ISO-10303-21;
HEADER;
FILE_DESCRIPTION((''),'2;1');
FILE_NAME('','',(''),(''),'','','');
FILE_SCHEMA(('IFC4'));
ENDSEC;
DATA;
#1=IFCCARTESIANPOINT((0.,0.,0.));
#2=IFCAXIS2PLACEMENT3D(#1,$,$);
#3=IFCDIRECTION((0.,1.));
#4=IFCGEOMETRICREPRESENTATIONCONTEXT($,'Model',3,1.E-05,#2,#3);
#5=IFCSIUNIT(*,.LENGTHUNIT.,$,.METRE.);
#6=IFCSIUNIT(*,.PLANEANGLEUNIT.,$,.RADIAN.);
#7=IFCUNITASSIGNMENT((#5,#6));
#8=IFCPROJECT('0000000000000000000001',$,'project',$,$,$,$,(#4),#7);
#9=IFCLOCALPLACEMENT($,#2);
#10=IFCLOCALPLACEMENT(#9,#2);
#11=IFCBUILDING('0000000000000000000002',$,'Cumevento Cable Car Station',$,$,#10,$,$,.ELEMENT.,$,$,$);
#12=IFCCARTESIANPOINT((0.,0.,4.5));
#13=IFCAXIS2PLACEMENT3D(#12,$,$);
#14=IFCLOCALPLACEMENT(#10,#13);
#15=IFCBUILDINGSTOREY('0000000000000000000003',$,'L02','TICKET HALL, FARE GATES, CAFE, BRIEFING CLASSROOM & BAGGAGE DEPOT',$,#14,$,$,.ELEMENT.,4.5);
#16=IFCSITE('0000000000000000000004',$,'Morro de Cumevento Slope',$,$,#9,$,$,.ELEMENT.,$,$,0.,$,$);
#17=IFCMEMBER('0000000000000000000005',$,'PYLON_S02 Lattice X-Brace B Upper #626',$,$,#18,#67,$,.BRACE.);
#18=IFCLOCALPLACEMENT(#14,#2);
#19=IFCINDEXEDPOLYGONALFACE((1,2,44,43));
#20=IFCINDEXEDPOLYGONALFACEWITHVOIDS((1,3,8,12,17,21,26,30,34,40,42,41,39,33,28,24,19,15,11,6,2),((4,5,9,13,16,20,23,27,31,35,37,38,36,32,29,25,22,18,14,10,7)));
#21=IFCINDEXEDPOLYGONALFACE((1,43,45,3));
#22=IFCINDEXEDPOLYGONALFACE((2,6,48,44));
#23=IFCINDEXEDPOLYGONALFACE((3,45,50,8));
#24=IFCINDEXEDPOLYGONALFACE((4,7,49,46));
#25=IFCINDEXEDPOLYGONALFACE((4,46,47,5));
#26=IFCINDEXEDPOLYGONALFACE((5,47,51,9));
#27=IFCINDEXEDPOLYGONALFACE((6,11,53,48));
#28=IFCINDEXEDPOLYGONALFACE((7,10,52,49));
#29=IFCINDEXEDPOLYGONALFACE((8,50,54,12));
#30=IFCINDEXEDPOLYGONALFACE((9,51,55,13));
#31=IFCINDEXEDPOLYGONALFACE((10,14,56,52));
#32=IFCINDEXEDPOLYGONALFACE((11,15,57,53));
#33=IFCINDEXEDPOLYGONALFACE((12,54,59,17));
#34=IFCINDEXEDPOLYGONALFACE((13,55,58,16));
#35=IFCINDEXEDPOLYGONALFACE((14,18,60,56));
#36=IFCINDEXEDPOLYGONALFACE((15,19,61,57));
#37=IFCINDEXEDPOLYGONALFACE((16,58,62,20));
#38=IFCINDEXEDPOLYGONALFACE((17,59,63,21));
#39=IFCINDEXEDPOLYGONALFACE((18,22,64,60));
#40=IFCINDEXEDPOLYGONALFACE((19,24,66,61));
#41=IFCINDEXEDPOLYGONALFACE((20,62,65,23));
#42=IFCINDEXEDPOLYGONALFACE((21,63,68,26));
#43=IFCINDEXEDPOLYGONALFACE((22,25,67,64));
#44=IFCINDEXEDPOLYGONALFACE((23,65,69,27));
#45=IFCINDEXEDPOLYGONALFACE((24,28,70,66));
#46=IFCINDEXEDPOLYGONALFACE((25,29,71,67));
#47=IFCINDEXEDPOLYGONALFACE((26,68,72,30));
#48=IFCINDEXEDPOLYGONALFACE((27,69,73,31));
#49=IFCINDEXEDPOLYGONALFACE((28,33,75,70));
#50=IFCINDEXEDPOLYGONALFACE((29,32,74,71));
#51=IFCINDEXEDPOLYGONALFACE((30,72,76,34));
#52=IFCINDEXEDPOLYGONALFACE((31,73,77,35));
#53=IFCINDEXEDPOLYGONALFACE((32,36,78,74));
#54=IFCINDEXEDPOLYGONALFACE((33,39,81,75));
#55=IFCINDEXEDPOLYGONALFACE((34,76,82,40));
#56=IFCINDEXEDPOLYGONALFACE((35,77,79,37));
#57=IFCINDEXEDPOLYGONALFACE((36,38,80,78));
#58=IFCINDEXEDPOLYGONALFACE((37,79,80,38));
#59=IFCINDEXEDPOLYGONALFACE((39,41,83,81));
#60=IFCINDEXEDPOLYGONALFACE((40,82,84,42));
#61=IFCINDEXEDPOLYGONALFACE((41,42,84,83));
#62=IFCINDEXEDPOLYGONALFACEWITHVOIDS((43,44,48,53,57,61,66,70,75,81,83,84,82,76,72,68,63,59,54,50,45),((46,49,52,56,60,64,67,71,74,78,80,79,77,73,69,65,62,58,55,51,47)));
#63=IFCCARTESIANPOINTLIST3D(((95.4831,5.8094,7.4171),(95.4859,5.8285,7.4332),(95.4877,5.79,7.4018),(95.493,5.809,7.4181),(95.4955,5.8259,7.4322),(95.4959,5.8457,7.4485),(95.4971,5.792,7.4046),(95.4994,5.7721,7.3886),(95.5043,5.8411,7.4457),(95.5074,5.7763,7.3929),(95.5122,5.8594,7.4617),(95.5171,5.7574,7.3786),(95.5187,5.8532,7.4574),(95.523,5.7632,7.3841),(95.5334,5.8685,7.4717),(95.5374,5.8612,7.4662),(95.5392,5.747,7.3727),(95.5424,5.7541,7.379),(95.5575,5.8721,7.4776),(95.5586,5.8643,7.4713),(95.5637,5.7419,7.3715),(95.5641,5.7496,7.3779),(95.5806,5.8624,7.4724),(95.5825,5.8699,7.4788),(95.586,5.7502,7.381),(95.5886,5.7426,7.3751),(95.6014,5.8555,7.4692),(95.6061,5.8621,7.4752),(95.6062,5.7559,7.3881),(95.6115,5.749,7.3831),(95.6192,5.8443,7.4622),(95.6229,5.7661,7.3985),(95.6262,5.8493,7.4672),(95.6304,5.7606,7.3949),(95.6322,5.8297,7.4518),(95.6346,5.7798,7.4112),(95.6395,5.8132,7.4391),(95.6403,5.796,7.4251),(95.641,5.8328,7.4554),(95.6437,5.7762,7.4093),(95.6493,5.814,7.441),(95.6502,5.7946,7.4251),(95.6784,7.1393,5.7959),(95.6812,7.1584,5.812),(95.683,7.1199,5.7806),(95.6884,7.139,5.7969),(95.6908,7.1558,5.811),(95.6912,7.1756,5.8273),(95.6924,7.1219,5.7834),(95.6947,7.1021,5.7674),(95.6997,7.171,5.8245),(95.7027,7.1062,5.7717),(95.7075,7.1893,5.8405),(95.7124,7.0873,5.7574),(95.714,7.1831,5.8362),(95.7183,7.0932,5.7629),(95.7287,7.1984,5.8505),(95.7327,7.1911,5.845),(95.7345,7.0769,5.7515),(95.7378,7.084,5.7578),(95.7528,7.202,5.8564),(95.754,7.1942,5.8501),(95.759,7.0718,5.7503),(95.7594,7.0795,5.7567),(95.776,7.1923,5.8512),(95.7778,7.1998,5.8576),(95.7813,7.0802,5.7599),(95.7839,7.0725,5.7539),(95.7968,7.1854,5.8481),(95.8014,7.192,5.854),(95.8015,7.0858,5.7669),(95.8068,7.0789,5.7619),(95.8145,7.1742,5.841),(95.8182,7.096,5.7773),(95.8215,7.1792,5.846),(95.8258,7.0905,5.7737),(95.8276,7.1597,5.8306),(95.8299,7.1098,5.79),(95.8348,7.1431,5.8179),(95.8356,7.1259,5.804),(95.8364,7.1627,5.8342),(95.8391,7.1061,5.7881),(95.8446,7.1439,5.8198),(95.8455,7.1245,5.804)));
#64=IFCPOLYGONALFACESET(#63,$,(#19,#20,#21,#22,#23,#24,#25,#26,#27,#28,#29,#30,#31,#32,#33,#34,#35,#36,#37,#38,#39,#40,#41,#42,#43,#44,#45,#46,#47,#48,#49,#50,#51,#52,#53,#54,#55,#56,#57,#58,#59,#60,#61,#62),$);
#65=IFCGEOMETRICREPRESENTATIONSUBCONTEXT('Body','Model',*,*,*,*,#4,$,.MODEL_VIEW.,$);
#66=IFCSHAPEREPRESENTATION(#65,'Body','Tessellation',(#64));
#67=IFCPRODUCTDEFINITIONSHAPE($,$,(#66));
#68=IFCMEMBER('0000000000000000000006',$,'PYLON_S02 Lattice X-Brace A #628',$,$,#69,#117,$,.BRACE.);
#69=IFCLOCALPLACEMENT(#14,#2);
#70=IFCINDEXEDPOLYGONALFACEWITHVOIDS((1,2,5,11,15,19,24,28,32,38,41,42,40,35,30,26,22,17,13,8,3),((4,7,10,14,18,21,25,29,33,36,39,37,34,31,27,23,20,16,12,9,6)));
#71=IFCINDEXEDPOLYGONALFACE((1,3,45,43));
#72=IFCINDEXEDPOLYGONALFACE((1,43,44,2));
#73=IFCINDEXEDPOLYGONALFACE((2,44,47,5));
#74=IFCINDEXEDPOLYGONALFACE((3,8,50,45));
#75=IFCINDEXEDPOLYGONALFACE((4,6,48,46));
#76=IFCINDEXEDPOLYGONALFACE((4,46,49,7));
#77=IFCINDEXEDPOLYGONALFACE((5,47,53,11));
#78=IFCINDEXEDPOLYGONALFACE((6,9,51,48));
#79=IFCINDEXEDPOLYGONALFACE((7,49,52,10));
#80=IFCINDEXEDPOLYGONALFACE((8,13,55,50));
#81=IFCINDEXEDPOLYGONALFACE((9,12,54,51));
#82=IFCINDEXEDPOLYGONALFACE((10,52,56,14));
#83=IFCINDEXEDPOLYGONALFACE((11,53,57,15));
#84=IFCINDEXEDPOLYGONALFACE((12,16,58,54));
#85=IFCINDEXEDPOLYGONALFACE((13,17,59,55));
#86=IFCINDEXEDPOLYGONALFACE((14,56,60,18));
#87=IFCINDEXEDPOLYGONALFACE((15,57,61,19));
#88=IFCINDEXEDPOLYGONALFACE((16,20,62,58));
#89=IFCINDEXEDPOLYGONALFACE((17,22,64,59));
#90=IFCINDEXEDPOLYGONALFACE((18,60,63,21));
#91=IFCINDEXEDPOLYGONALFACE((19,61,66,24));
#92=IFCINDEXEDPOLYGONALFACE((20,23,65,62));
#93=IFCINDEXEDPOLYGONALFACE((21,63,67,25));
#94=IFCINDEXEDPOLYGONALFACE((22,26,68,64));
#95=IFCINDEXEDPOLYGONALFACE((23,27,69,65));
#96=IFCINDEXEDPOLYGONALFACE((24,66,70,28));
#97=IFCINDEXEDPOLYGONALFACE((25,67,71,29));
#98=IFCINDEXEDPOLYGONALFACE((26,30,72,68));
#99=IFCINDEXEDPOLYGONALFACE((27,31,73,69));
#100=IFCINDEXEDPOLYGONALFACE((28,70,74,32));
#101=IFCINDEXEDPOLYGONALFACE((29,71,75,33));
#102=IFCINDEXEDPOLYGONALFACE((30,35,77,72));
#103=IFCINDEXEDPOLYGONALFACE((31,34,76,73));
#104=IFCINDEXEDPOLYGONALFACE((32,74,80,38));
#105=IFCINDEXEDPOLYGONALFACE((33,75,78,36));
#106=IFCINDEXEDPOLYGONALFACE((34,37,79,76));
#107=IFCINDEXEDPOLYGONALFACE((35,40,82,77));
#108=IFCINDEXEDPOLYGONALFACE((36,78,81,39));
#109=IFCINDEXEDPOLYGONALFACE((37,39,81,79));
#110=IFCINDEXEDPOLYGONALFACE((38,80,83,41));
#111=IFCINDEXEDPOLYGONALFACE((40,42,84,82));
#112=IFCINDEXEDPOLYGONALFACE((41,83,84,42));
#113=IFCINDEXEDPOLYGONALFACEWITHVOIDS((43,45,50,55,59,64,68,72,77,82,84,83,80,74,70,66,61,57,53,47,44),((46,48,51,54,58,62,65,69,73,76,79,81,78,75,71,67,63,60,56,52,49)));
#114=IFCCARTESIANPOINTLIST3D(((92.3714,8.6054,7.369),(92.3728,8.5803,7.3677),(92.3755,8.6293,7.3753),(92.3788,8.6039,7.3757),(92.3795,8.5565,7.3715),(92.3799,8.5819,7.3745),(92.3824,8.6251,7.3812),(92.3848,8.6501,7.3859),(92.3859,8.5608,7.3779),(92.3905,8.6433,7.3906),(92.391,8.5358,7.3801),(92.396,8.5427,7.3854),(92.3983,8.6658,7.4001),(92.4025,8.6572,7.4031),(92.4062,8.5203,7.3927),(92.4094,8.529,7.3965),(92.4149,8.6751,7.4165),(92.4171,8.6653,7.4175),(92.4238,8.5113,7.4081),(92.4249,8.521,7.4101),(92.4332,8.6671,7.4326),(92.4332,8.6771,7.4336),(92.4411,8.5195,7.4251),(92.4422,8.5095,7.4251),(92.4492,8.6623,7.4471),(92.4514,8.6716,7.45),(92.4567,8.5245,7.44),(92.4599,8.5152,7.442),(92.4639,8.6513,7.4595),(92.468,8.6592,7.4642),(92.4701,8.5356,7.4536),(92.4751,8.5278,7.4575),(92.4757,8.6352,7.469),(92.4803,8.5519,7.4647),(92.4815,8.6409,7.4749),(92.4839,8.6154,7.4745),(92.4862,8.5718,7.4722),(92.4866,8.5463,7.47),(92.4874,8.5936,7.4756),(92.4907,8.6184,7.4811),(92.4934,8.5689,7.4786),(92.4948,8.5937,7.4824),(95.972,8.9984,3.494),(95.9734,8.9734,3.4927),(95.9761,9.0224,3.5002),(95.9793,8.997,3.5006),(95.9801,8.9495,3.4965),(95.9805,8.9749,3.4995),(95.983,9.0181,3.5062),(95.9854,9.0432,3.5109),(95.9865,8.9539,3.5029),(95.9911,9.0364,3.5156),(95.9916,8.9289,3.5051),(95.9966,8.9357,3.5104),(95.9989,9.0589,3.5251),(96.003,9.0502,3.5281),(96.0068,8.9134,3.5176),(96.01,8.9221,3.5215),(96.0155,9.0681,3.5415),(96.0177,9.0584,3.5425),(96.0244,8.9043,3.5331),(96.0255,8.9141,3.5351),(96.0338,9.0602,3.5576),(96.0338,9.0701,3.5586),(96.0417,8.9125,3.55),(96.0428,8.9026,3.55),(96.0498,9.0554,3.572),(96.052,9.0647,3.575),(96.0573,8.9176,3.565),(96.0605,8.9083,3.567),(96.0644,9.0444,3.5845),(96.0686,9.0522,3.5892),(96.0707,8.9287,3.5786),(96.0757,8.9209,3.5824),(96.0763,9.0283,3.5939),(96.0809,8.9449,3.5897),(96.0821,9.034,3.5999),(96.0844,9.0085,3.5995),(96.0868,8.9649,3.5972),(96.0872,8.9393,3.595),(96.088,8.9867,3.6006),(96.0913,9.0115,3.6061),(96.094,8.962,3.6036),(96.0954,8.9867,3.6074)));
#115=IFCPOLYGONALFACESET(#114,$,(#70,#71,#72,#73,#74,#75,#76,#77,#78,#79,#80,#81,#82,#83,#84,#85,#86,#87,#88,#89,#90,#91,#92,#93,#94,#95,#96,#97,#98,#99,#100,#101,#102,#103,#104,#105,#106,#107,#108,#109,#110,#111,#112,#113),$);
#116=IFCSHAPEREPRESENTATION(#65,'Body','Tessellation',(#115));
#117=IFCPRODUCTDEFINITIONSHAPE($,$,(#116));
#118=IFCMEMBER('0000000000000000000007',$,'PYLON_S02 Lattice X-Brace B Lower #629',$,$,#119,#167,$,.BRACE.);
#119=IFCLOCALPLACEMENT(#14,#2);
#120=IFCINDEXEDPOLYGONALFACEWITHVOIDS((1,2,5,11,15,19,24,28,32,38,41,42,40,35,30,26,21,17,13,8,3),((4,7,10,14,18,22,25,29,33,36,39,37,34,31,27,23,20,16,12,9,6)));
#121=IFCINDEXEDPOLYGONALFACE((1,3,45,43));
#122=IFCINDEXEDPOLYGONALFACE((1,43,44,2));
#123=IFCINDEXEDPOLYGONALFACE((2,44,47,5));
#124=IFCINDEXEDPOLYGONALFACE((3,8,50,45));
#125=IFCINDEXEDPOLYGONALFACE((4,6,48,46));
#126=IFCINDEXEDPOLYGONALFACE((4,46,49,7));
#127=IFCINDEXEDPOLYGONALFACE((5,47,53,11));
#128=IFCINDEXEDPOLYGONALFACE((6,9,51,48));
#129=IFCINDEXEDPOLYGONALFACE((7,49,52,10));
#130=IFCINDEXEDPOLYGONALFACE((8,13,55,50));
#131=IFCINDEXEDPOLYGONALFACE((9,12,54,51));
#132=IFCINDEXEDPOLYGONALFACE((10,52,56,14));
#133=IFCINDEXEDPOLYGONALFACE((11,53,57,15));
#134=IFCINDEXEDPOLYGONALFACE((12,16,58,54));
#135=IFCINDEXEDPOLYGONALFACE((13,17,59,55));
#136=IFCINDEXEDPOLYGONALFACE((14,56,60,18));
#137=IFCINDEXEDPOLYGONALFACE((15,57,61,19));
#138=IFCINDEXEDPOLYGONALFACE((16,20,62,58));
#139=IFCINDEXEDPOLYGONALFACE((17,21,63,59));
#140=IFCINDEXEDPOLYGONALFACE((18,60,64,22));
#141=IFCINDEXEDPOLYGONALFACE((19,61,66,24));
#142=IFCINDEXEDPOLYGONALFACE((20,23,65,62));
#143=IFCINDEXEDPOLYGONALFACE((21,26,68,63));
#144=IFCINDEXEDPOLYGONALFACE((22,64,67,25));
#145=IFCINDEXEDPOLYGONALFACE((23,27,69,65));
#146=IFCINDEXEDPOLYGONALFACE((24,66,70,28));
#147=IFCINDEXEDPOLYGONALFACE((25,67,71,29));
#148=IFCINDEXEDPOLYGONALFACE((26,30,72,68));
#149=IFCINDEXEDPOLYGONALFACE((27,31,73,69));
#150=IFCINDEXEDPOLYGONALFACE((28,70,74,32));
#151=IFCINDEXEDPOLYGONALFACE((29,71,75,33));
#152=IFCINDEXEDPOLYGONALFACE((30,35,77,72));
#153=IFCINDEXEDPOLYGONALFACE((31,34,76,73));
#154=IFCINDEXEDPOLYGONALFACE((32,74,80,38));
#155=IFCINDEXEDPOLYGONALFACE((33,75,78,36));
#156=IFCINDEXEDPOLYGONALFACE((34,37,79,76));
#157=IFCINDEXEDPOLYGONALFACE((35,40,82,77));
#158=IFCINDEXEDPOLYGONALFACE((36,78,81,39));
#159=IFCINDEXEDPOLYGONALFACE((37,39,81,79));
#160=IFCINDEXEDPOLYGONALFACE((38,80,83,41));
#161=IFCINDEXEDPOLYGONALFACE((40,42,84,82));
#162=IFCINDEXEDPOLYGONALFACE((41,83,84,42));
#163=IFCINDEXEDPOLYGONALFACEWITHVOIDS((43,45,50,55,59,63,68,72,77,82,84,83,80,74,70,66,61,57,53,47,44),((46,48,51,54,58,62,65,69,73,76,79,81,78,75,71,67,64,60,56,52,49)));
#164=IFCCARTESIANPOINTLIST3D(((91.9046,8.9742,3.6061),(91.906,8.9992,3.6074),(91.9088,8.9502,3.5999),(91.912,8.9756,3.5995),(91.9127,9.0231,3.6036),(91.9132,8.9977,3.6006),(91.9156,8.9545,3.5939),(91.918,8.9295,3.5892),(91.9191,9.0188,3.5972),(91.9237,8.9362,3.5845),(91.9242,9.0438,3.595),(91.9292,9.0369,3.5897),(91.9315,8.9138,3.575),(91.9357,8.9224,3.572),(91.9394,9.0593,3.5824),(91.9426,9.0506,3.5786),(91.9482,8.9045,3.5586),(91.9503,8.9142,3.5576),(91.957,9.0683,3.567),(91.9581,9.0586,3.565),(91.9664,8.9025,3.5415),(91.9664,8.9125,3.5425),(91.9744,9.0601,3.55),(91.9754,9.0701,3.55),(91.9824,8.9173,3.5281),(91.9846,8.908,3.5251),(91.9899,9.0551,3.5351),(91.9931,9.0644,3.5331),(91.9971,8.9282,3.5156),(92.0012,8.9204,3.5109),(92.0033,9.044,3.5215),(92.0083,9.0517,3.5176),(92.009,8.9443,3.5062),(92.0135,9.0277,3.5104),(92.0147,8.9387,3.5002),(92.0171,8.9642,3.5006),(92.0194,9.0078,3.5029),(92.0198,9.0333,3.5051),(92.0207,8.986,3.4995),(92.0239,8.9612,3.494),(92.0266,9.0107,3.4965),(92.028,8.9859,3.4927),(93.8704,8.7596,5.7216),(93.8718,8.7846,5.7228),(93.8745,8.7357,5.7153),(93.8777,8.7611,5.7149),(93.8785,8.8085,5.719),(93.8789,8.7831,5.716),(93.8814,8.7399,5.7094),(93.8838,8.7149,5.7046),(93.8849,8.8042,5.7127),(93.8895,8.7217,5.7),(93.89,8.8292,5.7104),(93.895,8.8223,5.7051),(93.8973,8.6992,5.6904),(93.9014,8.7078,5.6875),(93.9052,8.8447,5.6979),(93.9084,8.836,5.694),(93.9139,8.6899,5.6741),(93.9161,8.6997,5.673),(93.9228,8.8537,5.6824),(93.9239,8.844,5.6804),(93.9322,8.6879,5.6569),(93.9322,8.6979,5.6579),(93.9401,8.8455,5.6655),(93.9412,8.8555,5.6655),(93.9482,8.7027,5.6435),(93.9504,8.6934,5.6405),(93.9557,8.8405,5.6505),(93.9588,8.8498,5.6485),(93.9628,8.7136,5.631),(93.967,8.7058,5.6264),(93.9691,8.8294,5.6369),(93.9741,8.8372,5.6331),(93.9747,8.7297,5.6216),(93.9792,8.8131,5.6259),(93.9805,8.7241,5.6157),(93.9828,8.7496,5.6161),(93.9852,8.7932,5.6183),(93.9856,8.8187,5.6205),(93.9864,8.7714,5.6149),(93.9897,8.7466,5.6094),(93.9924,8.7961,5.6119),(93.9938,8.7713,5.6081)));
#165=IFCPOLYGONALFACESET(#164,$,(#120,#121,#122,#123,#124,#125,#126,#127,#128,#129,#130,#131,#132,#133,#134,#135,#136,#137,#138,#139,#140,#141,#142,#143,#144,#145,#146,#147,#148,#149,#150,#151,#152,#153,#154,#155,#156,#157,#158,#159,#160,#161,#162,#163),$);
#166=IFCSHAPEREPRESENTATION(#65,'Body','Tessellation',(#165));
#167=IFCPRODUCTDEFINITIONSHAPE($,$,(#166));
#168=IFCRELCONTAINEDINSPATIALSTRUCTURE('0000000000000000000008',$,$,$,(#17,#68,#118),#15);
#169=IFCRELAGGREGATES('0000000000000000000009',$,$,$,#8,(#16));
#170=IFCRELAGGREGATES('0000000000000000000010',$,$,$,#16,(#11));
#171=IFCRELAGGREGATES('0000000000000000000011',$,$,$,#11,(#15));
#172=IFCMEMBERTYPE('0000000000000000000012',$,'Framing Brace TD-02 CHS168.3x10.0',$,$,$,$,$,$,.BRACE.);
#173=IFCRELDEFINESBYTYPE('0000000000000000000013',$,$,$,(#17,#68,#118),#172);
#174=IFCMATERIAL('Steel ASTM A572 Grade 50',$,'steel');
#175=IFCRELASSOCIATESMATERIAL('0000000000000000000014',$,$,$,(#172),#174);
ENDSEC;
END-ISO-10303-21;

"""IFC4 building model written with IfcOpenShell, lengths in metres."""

from ifc_helpers import new_model, si_unit, direction, frame, origin, origin_2d, place, context, subcontext, project, spatial, hollow_circle, extrude, material, material_profile, profile_set, type_object, element, save


model = new_model("IFC4")

# Units and contexts
model_context = context("Model", 3, precision=1e-05, world=origin(), true_north=direction((0.0, 1.0)))
body_context = subcontext(model_context, "Body", "Model", "MODEL_VIEW")
ifc_project = project(units=[si_unit("LENGTHUNIT", "METRE"), si_unit("PLANEANGLEUNIT", "RADIAN")], contexts=[model_context])

# Site, building, storey
site_placement = place(None, origin())
site = spatial("IfcSite", under=ifc_project, at=site_placement, Name="Morro de Cumevento Slope", CompositionType="ELEMENT", RefElevation=0.0)
building_placement = place(site_placement, origin())
building = spatial("IfcBuilding", under=site, at=building_placement, Name="Cumevento Cable Car Station", CompositionType="ELEMENT")
storey_placement = place(building_placement, frame((0.0, 0.0, 4.5)))
storey = spatial("IfcBuildingStorey", under=building, at=storey_placement, Name="L02", Description="TICKET HALL, FARE GATES, CAFE, BRIEFING CLASSROOM & BAGGAGE DEPOT", CompositionType="ELEMENT", Elevation=4.5)

# Members
ifc_material_1 = material(Name="Steel ASTM A572 Grade 50", Category="steel")
ifc_material_profile_1 = material_profile(ifc_material_1, hollow_circle(Radius=0.0842, WallThickness=0.01, at=origin_2d()), Name="CHS168.3x10.0")
ifc_profile_set_1 = profile_set([ifc_material_profile_1], Name="Steel ASTM A572 Grade 50")
member_type_1 = type_object("IfcMemberType", Name="Framing Brace TD-02 CHS168.3x10.0", PredefinedType="BRACE", material=ifc_profile_set_1)
member_1_placement = place(storey_placement, frame((95.7622, 7.1367, 5.804), z_axis=(-0.092748, -0.631499, 0.76981), x_axis=(0.989386, -0.145311, 0.0)))
element("IfcMember", 1, at=member_1_placement, inside=storey, type_object=member_type_1, Name="PYLON_S02 Lattice X-Brace B Upper #626", PredefinedType="BRACE", context=body_context, shape_type="SweptSolid", body=[
    extrude(hollow_circle(Radius=0.0842, WallThickness=0.01, at=origin_2d()), origin(), (0.0, 0.0, 1.0), 2.106),
])
member_2_placement = place(storey_placement, frame((96.0337, 8.9863, 3.55), z_axis=(-0.67882, -0.074105, 0.730556), x_axis=(0.108523, -0.994094, 0.0)))
element("IfcMember", 2, at=member_2_placement, inside=storey, type_object=member_type_1, Name="PYLON_S02 Lattice X-Brace A #628", PredefinedType="BRACE", context=body_context, shape_type="SweptSolid", body=[
    extrude(hollow_circle(Radius=0.0842, WallThickness=0.01, at=origin_2d()), origin(), (0.0, 0.0, 1.0), 5.3042),
])
member_3_placement = place(storey_placement, frame((91.9663, 8.9863, 3.55), z_axis=(0.678848, -0.074107, 0.730529), x_axis=(0.108521, 0.994094, 0.0)))
element("IfcMember", 3, at=member_3_placement, inside=storey, type_object=member_type_1, Name="PYLON_S02 Lattice X-Brace B Lower #629", PredefinedType="BRACE", context=body_context, shape_type="SweptSolid", body=[
    extrude(hollow_circle(Radius=0.0842, WallThickness=0.01, at=origin_2d()), origin(), (0.0, 0.0, 1.0), 2.8958),
])

save(model, "model.ifc")
